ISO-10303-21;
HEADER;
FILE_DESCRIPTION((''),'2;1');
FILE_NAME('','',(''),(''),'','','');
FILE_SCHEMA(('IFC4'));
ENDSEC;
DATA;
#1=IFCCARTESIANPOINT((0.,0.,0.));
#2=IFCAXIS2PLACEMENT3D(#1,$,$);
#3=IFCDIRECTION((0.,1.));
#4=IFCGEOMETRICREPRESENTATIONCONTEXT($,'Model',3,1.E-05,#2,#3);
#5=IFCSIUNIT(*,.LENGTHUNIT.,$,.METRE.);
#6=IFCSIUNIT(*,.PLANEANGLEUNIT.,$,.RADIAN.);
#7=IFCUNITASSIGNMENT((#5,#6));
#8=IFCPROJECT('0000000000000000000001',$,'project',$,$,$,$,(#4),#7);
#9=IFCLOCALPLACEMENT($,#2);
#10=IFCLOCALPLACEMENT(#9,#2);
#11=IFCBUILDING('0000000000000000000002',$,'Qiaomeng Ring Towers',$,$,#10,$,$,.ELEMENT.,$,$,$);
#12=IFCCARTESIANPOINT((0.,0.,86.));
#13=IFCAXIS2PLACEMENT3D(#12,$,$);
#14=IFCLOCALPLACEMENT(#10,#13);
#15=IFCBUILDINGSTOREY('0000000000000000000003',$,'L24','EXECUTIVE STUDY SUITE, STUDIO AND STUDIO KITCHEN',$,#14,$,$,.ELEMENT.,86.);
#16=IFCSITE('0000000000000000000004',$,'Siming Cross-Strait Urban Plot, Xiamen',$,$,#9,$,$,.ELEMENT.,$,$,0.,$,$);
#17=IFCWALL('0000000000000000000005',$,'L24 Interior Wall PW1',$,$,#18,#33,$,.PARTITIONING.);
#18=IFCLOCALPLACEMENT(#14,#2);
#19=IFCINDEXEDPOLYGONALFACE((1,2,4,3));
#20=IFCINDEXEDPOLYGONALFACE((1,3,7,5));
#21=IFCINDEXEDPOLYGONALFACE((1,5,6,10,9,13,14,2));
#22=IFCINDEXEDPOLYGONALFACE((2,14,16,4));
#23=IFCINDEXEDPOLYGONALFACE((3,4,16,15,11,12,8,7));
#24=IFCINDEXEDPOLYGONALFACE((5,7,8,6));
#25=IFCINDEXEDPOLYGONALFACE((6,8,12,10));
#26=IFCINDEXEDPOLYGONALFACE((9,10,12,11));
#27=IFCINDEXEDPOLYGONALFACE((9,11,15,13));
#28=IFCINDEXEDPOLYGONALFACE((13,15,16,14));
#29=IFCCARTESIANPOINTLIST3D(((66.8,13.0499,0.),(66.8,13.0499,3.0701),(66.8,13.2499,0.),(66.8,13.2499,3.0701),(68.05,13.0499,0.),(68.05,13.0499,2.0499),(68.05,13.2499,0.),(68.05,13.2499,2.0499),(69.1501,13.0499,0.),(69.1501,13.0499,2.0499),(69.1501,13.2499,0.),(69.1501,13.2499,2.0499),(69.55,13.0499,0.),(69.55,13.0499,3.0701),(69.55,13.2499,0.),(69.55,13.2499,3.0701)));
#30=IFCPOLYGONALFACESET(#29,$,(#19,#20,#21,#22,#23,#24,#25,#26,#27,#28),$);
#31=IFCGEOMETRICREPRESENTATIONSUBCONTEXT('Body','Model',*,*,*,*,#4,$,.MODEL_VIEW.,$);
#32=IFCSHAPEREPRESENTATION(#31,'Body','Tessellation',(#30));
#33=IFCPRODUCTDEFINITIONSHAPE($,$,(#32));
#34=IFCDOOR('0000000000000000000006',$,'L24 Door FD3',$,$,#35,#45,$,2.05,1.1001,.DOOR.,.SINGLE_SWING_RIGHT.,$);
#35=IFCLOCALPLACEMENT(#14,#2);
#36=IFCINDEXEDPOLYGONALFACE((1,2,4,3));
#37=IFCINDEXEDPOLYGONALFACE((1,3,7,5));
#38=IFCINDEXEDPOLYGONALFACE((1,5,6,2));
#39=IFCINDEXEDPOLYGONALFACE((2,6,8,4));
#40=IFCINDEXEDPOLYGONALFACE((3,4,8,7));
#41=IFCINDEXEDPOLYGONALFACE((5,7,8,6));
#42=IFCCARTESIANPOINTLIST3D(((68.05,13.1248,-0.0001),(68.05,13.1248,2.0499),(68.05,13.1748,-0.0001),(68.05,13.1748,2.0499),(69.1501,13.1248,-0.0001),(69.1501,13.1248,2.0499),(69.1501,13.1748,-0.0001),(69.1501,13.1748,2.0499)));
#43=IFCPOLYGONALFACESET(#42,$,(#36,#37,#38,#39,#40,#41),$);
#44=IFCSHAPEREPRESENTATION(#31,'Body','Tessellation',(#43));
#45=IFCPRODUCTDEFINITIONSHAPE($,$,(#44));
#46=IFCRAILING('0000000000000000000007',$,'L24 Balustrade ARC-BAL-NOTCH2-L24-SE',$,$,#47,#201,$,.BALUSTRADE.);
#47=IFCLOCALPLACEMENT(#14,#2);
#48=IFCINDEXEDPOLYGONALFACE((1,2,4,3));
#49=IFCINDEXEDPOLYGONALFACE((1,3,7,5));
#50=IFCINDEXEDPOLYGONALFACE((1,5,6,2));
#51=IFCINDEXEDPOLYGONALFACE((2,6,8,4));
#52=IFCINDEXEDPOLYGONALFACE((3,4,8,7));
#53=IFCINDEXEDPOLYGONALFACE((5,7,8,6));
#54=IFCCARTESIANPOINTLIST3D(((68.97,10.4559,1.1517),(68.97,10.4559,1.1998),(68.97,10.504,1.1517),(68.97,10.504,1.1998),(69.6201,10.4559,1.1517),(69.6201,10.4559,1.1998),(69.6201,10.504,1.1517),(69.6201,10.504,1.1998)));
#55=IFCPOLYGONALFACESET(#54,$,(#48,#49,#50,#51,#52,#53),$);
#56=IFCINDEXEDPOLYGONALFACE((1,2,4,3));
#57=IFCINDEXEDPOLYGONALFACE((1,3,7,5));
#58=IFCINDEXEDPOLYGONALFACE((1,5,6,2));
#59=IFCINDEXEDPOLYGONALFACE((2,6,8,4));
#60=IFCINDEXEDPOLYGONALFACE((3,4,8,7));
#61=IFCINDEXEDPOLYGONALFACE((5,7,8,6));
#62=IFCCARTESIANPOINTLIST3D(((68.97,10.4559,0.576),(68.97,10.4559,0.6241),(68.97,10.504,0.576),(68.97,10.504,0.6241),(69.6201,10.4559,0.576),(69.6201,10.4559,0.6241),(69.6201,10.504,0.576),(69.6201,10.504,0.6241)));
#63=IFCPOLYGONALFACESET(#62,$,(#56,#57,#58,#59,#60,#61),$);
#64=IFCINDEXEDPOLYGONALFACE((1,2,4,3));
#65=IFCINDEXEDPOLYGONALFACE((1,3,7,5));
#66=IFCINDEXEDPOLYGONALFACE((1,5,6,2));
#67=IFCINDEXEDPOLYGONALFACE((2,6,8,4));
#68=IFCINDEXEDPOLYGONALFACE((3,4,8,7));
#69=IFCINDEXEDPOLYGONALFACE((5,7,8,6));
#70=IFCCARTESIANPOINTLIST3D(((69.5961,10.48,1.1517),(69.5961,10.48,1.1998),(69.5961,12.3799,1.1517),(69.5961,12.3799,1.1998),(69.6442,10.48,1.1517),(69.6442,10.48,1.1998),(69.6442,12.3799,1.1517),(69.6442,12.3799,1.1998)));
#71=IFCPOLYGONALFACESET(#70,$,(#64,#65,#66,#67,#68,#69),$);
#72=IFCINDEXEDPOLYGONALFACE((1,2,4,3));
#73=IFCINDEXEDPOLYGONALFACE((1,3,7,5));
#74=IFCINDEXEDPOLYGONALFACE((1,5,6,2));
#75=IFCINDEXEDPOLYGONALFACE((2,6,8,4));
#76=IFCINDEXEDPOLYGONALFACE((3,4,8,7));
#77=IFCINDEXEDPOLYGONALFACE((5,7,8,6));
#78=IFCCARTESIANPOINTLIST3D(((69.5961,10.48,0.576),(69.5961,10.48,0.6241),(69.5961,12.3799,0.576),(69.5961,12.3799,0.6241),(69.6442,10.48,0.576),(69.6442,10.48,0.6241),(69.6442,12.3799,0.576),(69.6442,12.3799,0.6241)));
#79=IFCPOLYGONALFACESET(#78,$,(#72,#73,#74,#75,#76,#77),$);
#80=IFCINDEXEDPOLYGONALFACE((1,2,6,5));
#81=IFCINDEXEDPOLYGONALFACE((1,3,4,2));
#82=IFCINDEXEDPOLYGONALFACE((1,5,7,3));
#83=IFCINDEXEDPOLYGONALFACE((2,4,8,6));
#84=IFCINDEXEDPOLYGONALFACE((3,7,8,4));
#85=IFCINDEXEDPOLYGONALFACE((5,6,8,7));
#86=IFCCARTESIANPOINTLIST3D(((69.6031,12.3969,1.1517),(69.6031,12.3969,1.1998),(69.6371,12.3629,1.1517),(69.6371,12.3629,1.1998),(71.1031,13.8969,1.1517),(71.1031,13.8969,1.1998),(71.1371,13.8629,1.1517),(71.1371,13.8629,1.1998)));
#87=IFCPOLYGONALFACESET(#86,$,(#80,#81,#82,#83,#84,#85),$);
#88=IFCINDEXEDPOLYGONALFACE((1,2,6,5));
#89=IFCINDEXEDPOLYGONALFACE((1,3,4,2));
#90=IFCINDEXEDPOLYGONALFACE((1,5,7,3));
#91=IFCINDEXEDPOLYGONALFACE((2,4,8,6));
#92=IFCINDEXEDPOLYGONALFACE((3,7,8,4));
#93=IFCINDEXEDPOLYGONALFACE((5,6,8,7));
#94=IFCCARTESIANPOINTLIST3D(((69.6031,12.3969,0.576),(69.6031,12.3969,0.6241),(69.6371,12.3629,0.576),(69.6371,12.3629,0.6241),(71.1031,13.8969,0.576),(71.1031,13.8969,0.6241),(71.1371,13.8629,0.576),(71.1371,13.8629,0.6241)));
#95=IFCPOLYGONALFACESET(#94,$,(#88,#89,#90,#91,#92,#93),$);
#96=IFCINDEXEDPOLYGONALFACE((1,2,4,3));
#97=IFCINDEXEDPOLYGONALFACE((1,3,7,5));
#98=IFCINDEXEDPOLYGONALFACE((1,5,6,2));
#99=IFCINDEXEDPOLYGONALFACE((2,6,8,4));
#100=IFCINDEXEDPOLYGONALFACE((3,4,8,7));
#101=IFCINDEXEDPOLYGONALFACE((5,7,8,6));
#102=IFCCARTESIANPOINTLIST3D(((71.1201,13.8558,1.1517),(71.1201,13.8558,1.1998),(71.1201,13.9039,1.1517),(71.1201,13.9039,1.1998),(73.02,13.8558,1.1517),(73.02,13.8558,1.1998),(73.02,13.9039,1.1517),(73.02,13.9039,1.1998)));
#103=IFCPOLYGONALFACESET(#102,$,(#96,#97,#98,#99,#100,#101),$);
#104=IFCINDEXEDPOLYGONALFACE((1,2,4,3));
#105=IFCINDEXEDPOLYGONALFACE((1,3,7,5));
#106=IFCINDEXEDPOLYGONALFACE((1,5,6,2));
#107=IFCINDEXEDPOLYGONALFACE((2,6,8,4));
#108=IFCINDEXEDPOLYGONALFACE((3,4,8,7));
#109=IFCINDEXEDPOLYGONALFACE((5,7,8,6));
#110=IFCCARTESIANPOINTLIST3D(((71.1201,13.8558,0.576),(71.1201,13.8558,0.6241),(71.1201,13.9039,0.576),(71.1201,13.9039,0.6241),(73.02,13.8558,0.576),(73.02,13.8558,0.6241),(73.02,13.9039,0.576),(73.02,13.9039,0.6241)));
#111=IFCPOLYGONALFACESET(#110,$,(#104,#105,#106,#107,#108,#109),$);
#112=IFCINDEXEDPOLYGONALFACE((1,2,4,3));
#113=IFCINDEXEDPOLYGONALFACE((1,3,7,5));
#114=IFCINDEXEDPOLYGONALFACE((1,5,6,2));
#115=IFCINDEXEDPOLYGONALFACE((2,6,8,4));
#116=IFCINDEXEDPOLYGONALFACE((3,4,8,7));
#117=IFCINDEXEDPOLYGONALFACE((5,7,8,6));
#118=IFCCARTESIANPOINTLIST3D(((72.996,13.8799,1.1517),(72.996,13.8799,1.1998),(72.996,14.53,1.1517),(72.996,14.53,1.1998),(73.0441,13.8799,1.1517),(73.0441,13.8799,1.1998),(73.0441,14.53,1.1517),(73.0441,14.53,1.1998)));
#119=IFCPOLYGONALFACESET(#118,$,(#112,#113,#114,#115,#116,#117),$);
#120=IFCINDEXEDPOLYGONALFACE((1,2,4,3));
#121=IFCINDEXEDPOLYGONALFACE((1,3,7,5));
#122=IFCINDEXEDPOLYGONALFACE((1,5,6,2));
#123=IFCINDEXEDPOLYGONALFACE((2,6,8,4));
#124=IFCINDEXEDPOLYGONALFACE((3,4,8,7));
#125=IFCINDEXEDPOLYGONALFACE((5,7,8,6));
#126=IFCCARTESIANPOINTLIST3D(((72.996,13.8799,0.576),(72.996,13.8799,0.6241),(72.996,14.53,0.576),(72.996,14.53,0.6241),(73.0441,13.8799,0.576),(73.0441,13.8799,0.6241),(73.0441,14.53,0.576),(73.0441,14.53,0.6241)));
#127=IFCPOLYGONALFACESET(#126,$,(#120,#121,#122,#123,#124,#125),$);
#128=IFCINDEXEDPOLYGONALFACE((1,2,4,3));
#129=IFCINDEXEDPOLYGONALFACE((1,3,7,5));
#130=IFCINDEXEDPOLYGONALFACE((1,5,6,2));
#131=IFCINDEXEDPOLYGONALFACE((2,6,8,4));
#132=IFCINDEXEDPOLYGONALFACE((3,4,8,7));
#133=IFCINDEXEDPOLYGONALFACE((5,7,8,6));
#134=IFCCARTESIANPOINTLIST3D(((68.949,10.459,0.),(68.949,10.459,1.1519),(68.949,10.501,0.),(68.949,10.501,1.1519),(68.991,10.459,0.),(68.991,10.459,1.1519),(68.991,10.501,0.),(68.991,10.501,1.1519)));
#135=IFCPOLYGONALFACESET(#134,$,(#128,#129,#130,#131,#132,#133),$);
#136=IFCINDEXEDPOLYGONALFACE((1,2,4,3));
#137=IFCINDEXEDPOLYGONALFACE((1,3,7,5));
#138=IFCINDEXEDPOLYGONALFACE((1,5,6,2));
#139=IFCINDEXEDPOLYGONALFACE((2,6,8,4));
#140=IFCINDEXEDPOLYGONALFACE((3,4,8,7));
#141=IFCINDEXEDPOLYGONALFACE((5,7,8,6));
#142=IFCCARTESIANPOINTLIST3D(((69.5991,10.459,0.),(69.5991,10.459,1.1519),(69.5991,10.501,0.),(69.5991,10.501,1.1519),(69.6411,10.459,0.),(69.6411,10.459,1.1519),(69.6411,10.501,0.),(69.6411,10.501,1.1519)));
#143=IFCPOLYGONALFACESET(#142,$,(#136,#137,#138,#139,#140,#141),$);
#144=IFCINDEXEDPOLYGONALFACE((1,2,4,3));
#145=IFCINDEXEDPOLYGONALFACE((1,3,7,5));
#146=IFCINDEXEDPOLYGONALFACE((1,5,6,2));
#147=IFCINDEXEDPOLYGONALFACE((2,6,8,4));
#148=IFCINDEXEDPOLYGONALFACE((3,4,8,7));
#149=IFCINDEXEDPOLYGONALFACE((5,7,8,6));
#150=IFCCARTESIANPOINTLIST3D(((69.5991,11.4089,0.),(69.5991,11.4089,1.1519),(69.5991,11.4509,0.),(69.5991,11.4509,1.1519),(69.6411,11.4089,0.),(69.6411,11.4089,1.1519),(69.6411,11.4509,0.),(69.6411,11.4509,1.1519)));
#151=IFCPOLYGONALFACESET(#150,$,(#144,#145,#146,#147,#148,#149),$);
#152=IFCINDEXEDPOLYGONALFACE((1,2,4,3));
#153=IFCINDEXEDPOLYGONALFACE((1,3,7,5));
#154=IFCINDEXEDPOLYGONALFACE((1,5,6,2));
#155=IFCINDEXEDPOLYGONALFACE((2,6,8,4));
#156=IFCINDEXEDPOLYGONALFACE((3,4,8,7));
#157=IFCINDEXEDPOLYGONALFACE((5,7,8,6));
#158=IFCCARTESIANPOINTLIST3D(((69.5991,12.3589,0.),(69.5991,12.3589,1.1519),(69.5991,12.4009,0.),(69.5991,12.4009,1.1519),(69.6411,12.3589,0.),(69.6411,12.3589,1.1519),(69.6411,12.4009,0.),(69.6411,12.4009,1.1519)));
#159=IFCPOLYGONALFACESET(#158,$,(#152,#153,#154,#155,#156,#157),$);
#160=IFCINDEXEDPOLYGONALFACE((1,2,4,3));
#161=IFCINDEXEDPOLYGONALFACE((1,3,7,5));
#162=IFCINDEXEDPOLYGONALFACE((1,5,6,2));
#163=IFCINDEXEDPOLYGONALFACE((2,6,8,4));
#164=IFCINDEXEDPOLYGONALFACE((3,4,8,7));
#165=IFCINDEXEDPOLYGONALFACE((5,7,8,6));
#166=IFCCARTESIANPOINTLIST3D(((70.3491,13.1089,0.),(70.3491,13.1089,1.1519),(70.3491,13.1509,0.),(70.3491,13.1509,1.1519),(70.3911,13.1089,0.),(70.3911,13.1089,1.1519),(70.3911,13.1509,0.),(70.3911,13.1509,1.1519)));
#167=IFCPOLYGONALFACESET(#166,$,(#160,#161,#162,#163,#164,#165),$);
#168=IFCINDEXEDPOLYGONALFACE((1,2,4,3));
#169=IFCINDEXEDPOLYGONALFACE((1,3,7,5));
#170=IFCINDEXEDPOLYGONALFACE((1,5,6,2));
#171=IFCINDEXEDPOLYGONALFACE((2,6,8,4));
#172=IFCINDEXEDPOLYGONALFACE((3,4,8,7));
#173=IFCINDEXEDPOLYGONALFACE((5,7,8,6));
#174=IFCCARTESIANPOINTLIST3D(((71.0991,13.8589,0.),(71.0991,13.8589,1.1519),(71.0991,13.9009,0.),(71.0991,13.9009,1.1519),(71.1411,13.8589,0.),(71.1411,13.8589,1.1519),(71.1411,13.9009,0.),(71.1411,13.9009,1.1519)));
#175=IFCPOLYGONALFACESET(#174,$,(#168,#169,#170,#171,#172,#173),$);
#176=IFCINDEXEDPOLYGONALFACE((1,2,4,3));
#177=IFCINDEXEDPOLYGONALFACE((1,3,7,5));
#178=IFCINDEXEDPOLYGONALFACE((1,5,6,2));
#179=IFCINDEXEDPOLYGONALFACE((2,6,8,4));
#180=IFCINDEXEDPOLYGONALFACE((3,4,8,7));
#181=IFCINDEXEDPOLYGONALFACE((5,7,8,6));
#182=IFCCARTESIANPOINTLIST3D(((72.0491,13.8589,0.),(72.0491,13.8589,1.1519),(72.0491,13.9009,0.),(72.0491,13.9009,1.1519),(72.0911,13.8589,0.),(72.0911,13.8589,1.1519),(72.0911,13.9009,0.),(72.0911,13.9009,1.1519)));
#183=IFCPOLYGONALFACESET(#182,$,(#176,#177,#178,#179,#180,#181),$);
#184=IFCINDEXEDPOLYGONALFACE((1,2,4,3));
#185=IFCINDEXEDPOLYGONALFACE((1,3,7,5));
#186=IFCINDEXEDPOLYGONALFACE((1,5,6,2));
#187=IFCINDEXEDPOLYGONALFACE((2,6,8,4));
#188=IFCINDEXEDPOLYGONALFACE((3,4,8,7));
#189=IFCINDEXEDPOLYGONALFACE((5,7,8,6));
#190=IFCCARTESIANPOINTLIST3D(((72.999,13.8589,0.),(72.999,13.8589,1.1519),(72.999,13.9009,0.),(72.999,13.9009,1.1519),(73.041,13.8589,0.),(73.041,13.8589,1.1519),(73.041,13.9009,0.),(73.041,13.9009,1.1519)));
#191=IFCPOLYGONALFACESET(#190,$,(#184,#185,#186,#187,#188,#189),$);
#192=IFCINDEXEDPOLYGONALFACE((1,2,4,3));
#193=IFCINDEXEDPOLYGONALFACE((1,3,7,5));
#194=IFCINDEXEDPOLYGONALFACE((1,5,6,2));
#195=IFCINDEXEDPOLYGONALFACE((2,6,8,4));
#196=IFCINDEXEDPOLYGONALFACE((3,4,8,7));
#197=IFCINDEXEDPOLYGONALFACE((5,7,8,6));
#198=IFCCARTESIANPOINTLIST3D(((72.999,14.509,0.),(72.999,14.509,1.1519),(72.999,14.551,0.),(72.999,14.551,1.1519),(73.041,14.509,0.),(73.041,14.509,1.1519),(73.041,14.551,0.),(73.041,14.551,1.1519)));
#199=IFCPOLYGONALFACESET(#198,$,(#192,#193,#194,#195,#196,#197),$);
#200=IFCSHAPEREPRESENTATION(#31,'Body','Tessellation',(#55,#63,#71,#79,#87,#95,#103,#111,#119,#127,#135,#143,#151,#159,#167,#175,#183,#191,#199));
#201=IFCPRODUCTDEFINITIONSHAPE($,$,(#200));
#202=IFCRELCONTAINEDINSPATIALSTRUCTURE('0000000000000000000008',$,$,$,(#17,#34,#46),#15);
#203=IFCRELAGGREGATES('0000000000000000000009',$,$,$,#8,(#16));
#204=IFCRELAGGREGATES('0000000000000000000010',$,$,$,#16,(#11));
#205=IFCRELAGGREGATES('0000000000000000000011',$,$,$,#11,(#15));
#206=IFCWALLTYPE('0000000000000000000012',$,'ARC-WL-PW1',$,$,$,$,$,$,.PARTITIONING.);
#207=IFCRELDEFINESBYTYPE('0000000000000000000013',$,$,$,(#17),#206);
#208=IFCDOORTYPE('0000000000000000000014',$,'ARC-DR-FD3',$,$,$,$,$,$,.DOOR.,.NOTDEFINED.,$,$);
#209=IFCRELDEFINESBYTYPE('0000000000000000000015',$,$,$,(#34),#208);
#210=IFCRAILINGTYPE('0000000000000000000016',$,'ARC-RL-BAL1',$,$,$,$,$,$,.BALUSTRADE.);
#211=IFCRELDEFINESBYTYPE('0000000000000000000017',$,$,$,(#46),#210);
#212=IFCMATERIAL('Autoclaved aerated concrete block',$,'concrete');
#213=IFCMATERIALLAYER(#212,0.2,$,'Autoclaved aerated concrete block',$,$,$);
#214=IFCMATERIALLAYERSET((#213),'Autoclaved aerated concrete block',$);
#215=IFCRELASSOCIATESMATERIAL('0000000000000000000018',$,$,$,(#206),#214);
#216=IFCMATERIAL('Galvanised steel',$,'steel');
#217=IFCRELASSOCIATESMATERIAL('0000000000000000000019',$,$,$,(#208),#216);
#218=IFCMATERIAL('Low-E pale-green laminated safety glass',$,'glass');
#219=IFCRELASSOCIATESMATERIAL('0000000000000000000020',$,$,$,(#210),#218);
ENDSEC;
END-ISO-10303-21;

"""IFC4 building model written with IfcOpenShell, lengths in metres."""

from ifc_helpers import new_model, si_unit, direction, frame, frame_2d, origin, origin_2d, place, context, subcontext, project, spatial, rectangle, extrude, source, transform, mapped, material, layer, layer_set, type_object, element, fill, save


model = new_model("IFC4")

# Units and contexts
model_context = context("Model", 3, precision=1e-05, world=origin(), true_north=direction((0.0, 1.0)))
body_context = subcontext(model_context, "Body", "Model", "MODEL_VIEW")
ifc_project = project(units=[si_unit("LENGTHUNIT", "METRE"), si_unit("PLANEANGLEUNIT", "RADIAN")], contexts=[model_context])

# Site, building, storey
site_placement = place(None, origin())
site = spatial("IfcSite", under=ifc_project, at=site_placement, Name="Siming Cross-Strait Urban Plot, Xiamen", CompositionType="ELEMENT", RefElevation=0.0)
building_placement = place(site_placement, origin())
building = spatial("IfcBuilding", under=site, at=building_placement, Name="Qiaomeng Ring Towers", CompositionType="ELEMENT")
storey_placement = place(building_placement, frame((0.0, 0.0, 86.0)))
storey = spatial("IfcBuildingStorey", under=building, at=storey_placement, Name="L24", Description="EXECUTIVE STUDY SUITE, STUDIO AND STUDIO KITCHEN", CompositionType="ELEMENT", Elevation=86.0)

# Shared definitions
ifc_material_1 = material(Name="Autoclaved aerated concrete block", Category="concrete")
ifc_layer_1 = layer(ifc_material_1, 0.2, Name="Autoclaved aerated concrete block")
ifc_layer_set_1 = layer_set([ifc_layer_1], Name="Autoclaved aerated concrete block")
wall_type_1 = type_object("IfcWallType", Name="ARC-WL-PW1", PredefinedType="PARTITIONING", material=ifc_layer_set_1)

# Wall, opening, door
wall_1_placement = place(storey_placement, frame((66.8, 13.1499, 0.0), z_axis=(0.0, 0.0, 1.0), x_axis=(1.0, 0.0, 0.0)))
wall_1 = element("IfcWall", 1, at=wall_1_placement, inside=storey, type_object=wall_type_1, Name="L24 Interior Wall PW1", PredefinedType="PARTITIONING", context=body_context, shape_type="SweptSolid", body=[
    extrude(rectangle(XDim=2.75, YDim=0.2, at=frame_2d((1.375, 0.0))), origin(), (0.0, 0.0, 1.0), 3.0701),
])
opening_1_placement = place(wall_1_placement, frame((1.25, 0.0, 0.0)))
opening_1 = element("IfcOpeningElement", 2, at=opening_1_placement, cuts=wall_1, PredefinedType="OPENING", context=body_context, shape_type="SweptSolid", body=[
    extrude(rectangle(XDim=1.1001, YDim=2.05, at=frame_2d((0.55, 1.0249))), frame((0.0, 0.1099, 0.0), z_axis=(0.0, -1.0, 0.0), x_axis=(1.0, 0.0, 0.0)), (0.0, 0.0, 1.0), 0.22),
])
ifc_material_2 = material(Name="Galvanised steel", Category="steel")
door_type_1 = type_object("IfcDoorType", Name="ARC-DR-FD3", OperationType="NOTDEFINED", PredefinedType="DOOR", material=ifc_material_2)
shared_shape_1 = source(origin(), body_context, "Body", "SweptSolid", [
    extrude(rectangle(XDim=1.1001, YDim=2.05, at=frame_2d((0.55, 1.0249))), frame((0.0, 0.0249, 0.0), z_axis=(0.0, -1.0, 0.0), x_axis=(1.0, 0.0, 0.0)), (0.0, 0.0, 1.0), 0.05),
])
door_1_placement = place(opening_1_placement, origin())
door_1 = element("IfcDoor", 3, at=door_1_placement, inside=storey, type_object=door_type_1, Name="L24 Door FD3", OperationType="SINGLE_SWING_RIGHT", OverallHeight=2.05, OverallWidth=1.1001, PredefinedType="DOOR", context=body_context, shape_type="MappedRepresentation", body=[
    mapped(shared_shape_1, transform((0.0, 0.0, 0.0), x_axis=(1.0, 0.0, 0.0), y_axis=(0.0, 1.0, 0.0), z_axis=(0.0, 0.0, 1.0), scale=1.0)),
])
fill(opening_1, door_1)

# Railing
ifc_material_3 = material(Name="Low-E pale-green laminated safety glass", Category="glass")
railing_type = type_object("IfcRailingType", Name="ARC-RL-BAL1", PredefinedType="BALUSTRADE", material=ifc_material_3)
railing_placement = place(storey_placement, frame((68.97, 10.48, 0.0)))
element("IfcRailing", 4, at=railing_placement, inside=storey, type_object=railing_type, Name="L24 Balustrade ARC-BAL-NOTCH2-L24-SE", PredefinedType="BALUSTRADE", context=body_context, shape_type="SweptSolid", body=[
    extrude(rectangle(XDim=0.0481, YDim=0.0481, at=origin_2d()), frame((0.0, 0.0, 1.1758), z_axis=(1.0, 0.0, 0.0), x_axis=(0.0, 1.0, 0.0)), (0.0, 0.0, 1.0), 0.6501),
    extrude(rectangle(XDim=0.0481, YDim=0.0481, at=origin_2d()), frame((0.0, 0.0, 0.6001), z_axis=(1.0, 0.0, 0.0), x_axis=(0.0, 1.0, 0.0)), (0.0, 0.0, 1.0), 0.6501),
    extrude(rectangle(XDim=0.0481, YDim=0.0481, at=origin_2d()), frame((0.6501, 0.0, 1.1758), z_axis=(0.0, 1.0, 0.0), x_axis=(-1.0, 0.0, 0.0)), (0.0, 0.0, 1.0), 1.8999),
    extrude(rectangle(XDim=0.0481, YDim=0.0481, at=origin_2d()), frame((0.6501, 0.0, 0.6001), z_axis=(0.0, 1.0, 0.0), x_axis=(-1.0, 0.0, 0.0)), (0.0, 0.0, 1.0), 1.8999),
    extrude(rectangle(XDim=0.0481, YDim=0.0481, at=origin_2d()), frame((0.6501, 1.8999, 1.1758), z_axis=(0.707107, 0.707107, 0.0), x_axis=(-0.707107, 0.707107, 0.0)), (0.0, 0.0, 1.0), 2.1213),
    extrude(rectangle(XDim=0.0481, YDim=0.0481, at=origin_2d()), frame((0.6501, 1.8999, 0.6001), z_axis=(0.707107, 0.707107, 0.0), x_axis=(-0.707107, 0.707107, 0.0)), (0.0, 0.0, 1.0), 2.1213),
    extrude(rectangle(XDim=0.0481, YDim=0.0481, at=origin_2d()), frame((2.1501, 3.3999, 1.1758), z_axis=(1.0, 0.0, 0.0), x_axis=(0.0, 1.0, 0.0)), (0.0, 0.0, 1.0), 1.8999),
    extrude(rectangle(XDim=0.0481, YDim=0.0481, at=origin_2d()), frame((2.1501, 3.3999, 0.6001), z_axis=(1.0, 0.0, 0.0), x_axis=(0.0, 1.0, 0.0)), (0.0, 0.0, 1.0), 1.8999),
    extrude(rectangle(XDim=0.0481, YDim=0.0481, at=origin_2d()), frame((4.05, 3.3999, 1.1758), z_axis=(0.0, 1.0, 0.0), x_axis=(-1.0, 0.0, 0.0)), (0.0, 0.0, 1.0), 0.6501),
    extrude(rectangle(XDim=0.0481, YDim=0.0481, at=origin_2d()), frame((4.05, 3.3999, 0.6001), z_axis=(0.0, 1.0, 0.0), x_axis=(-1.0, 0.0, 0.0)), (0.0, 0.0, 1.0), 0.6501),
    extrude(rectangle(XDim=0.042, YDim=0.042, at=origin_2d()), origin(), (0.0, 0.0, 1.0), 1.1519),
    extrude(rectangle(XDim=0.042, YDim=0.042, at=origin_2d()), frame((0.6501, 0.0, 0.0)), (0.0, 0.0, 1.0), 1.1519),
    extrude(rectangle(XDim=0.042, YDim=0.042, at=origin_2d()), frame((0.6501, 0.95, 0.0)), (0.0, 0.0, 1.0), 1.1519),
    extrude(rectangle(XDim=0.042, YDim=0.042, at=origin_2d()), frame((0.6501, 1.8999, 0.0)), (0.0, 0.0, 1.0), 1.1519),
    extrude(rectangle(XDim=0.042, YDim=0.042, at=origin_2d()), frame((1.4001, 2.6499, 0.0)), (0.0, 0.0, 1.0), 1.1519),
    extrude(rectangle(XDim=0.042, YDim=0.042, at=origin_2d()), frame((2.1501, 3.3999, 0.0)), (0.0, 0.0, 1.0), 1.1519),
    extrude(rectangle(XDim=0.042, YDim=0.042, at=origin_2d()), frame((3.1001, 3.3999, 0.0)), (0.0, 0.0, 1.0), 1.1519),
    extrude(rectangle(XDim=0.042, YDim=0.042, at=origin_2d()), frame((4.05, 3.3999, 0.0)), (0.0, 0.0, 1.0), 1.1519),
    extrude(rectangle(XDim=0.042, YDim=0.042, at=origin_2d()), frame((4.05, 4.05, 0.0)), (0.0, 0.0, 1.0), 1.1519),
])

save(model, "model.ifc")
